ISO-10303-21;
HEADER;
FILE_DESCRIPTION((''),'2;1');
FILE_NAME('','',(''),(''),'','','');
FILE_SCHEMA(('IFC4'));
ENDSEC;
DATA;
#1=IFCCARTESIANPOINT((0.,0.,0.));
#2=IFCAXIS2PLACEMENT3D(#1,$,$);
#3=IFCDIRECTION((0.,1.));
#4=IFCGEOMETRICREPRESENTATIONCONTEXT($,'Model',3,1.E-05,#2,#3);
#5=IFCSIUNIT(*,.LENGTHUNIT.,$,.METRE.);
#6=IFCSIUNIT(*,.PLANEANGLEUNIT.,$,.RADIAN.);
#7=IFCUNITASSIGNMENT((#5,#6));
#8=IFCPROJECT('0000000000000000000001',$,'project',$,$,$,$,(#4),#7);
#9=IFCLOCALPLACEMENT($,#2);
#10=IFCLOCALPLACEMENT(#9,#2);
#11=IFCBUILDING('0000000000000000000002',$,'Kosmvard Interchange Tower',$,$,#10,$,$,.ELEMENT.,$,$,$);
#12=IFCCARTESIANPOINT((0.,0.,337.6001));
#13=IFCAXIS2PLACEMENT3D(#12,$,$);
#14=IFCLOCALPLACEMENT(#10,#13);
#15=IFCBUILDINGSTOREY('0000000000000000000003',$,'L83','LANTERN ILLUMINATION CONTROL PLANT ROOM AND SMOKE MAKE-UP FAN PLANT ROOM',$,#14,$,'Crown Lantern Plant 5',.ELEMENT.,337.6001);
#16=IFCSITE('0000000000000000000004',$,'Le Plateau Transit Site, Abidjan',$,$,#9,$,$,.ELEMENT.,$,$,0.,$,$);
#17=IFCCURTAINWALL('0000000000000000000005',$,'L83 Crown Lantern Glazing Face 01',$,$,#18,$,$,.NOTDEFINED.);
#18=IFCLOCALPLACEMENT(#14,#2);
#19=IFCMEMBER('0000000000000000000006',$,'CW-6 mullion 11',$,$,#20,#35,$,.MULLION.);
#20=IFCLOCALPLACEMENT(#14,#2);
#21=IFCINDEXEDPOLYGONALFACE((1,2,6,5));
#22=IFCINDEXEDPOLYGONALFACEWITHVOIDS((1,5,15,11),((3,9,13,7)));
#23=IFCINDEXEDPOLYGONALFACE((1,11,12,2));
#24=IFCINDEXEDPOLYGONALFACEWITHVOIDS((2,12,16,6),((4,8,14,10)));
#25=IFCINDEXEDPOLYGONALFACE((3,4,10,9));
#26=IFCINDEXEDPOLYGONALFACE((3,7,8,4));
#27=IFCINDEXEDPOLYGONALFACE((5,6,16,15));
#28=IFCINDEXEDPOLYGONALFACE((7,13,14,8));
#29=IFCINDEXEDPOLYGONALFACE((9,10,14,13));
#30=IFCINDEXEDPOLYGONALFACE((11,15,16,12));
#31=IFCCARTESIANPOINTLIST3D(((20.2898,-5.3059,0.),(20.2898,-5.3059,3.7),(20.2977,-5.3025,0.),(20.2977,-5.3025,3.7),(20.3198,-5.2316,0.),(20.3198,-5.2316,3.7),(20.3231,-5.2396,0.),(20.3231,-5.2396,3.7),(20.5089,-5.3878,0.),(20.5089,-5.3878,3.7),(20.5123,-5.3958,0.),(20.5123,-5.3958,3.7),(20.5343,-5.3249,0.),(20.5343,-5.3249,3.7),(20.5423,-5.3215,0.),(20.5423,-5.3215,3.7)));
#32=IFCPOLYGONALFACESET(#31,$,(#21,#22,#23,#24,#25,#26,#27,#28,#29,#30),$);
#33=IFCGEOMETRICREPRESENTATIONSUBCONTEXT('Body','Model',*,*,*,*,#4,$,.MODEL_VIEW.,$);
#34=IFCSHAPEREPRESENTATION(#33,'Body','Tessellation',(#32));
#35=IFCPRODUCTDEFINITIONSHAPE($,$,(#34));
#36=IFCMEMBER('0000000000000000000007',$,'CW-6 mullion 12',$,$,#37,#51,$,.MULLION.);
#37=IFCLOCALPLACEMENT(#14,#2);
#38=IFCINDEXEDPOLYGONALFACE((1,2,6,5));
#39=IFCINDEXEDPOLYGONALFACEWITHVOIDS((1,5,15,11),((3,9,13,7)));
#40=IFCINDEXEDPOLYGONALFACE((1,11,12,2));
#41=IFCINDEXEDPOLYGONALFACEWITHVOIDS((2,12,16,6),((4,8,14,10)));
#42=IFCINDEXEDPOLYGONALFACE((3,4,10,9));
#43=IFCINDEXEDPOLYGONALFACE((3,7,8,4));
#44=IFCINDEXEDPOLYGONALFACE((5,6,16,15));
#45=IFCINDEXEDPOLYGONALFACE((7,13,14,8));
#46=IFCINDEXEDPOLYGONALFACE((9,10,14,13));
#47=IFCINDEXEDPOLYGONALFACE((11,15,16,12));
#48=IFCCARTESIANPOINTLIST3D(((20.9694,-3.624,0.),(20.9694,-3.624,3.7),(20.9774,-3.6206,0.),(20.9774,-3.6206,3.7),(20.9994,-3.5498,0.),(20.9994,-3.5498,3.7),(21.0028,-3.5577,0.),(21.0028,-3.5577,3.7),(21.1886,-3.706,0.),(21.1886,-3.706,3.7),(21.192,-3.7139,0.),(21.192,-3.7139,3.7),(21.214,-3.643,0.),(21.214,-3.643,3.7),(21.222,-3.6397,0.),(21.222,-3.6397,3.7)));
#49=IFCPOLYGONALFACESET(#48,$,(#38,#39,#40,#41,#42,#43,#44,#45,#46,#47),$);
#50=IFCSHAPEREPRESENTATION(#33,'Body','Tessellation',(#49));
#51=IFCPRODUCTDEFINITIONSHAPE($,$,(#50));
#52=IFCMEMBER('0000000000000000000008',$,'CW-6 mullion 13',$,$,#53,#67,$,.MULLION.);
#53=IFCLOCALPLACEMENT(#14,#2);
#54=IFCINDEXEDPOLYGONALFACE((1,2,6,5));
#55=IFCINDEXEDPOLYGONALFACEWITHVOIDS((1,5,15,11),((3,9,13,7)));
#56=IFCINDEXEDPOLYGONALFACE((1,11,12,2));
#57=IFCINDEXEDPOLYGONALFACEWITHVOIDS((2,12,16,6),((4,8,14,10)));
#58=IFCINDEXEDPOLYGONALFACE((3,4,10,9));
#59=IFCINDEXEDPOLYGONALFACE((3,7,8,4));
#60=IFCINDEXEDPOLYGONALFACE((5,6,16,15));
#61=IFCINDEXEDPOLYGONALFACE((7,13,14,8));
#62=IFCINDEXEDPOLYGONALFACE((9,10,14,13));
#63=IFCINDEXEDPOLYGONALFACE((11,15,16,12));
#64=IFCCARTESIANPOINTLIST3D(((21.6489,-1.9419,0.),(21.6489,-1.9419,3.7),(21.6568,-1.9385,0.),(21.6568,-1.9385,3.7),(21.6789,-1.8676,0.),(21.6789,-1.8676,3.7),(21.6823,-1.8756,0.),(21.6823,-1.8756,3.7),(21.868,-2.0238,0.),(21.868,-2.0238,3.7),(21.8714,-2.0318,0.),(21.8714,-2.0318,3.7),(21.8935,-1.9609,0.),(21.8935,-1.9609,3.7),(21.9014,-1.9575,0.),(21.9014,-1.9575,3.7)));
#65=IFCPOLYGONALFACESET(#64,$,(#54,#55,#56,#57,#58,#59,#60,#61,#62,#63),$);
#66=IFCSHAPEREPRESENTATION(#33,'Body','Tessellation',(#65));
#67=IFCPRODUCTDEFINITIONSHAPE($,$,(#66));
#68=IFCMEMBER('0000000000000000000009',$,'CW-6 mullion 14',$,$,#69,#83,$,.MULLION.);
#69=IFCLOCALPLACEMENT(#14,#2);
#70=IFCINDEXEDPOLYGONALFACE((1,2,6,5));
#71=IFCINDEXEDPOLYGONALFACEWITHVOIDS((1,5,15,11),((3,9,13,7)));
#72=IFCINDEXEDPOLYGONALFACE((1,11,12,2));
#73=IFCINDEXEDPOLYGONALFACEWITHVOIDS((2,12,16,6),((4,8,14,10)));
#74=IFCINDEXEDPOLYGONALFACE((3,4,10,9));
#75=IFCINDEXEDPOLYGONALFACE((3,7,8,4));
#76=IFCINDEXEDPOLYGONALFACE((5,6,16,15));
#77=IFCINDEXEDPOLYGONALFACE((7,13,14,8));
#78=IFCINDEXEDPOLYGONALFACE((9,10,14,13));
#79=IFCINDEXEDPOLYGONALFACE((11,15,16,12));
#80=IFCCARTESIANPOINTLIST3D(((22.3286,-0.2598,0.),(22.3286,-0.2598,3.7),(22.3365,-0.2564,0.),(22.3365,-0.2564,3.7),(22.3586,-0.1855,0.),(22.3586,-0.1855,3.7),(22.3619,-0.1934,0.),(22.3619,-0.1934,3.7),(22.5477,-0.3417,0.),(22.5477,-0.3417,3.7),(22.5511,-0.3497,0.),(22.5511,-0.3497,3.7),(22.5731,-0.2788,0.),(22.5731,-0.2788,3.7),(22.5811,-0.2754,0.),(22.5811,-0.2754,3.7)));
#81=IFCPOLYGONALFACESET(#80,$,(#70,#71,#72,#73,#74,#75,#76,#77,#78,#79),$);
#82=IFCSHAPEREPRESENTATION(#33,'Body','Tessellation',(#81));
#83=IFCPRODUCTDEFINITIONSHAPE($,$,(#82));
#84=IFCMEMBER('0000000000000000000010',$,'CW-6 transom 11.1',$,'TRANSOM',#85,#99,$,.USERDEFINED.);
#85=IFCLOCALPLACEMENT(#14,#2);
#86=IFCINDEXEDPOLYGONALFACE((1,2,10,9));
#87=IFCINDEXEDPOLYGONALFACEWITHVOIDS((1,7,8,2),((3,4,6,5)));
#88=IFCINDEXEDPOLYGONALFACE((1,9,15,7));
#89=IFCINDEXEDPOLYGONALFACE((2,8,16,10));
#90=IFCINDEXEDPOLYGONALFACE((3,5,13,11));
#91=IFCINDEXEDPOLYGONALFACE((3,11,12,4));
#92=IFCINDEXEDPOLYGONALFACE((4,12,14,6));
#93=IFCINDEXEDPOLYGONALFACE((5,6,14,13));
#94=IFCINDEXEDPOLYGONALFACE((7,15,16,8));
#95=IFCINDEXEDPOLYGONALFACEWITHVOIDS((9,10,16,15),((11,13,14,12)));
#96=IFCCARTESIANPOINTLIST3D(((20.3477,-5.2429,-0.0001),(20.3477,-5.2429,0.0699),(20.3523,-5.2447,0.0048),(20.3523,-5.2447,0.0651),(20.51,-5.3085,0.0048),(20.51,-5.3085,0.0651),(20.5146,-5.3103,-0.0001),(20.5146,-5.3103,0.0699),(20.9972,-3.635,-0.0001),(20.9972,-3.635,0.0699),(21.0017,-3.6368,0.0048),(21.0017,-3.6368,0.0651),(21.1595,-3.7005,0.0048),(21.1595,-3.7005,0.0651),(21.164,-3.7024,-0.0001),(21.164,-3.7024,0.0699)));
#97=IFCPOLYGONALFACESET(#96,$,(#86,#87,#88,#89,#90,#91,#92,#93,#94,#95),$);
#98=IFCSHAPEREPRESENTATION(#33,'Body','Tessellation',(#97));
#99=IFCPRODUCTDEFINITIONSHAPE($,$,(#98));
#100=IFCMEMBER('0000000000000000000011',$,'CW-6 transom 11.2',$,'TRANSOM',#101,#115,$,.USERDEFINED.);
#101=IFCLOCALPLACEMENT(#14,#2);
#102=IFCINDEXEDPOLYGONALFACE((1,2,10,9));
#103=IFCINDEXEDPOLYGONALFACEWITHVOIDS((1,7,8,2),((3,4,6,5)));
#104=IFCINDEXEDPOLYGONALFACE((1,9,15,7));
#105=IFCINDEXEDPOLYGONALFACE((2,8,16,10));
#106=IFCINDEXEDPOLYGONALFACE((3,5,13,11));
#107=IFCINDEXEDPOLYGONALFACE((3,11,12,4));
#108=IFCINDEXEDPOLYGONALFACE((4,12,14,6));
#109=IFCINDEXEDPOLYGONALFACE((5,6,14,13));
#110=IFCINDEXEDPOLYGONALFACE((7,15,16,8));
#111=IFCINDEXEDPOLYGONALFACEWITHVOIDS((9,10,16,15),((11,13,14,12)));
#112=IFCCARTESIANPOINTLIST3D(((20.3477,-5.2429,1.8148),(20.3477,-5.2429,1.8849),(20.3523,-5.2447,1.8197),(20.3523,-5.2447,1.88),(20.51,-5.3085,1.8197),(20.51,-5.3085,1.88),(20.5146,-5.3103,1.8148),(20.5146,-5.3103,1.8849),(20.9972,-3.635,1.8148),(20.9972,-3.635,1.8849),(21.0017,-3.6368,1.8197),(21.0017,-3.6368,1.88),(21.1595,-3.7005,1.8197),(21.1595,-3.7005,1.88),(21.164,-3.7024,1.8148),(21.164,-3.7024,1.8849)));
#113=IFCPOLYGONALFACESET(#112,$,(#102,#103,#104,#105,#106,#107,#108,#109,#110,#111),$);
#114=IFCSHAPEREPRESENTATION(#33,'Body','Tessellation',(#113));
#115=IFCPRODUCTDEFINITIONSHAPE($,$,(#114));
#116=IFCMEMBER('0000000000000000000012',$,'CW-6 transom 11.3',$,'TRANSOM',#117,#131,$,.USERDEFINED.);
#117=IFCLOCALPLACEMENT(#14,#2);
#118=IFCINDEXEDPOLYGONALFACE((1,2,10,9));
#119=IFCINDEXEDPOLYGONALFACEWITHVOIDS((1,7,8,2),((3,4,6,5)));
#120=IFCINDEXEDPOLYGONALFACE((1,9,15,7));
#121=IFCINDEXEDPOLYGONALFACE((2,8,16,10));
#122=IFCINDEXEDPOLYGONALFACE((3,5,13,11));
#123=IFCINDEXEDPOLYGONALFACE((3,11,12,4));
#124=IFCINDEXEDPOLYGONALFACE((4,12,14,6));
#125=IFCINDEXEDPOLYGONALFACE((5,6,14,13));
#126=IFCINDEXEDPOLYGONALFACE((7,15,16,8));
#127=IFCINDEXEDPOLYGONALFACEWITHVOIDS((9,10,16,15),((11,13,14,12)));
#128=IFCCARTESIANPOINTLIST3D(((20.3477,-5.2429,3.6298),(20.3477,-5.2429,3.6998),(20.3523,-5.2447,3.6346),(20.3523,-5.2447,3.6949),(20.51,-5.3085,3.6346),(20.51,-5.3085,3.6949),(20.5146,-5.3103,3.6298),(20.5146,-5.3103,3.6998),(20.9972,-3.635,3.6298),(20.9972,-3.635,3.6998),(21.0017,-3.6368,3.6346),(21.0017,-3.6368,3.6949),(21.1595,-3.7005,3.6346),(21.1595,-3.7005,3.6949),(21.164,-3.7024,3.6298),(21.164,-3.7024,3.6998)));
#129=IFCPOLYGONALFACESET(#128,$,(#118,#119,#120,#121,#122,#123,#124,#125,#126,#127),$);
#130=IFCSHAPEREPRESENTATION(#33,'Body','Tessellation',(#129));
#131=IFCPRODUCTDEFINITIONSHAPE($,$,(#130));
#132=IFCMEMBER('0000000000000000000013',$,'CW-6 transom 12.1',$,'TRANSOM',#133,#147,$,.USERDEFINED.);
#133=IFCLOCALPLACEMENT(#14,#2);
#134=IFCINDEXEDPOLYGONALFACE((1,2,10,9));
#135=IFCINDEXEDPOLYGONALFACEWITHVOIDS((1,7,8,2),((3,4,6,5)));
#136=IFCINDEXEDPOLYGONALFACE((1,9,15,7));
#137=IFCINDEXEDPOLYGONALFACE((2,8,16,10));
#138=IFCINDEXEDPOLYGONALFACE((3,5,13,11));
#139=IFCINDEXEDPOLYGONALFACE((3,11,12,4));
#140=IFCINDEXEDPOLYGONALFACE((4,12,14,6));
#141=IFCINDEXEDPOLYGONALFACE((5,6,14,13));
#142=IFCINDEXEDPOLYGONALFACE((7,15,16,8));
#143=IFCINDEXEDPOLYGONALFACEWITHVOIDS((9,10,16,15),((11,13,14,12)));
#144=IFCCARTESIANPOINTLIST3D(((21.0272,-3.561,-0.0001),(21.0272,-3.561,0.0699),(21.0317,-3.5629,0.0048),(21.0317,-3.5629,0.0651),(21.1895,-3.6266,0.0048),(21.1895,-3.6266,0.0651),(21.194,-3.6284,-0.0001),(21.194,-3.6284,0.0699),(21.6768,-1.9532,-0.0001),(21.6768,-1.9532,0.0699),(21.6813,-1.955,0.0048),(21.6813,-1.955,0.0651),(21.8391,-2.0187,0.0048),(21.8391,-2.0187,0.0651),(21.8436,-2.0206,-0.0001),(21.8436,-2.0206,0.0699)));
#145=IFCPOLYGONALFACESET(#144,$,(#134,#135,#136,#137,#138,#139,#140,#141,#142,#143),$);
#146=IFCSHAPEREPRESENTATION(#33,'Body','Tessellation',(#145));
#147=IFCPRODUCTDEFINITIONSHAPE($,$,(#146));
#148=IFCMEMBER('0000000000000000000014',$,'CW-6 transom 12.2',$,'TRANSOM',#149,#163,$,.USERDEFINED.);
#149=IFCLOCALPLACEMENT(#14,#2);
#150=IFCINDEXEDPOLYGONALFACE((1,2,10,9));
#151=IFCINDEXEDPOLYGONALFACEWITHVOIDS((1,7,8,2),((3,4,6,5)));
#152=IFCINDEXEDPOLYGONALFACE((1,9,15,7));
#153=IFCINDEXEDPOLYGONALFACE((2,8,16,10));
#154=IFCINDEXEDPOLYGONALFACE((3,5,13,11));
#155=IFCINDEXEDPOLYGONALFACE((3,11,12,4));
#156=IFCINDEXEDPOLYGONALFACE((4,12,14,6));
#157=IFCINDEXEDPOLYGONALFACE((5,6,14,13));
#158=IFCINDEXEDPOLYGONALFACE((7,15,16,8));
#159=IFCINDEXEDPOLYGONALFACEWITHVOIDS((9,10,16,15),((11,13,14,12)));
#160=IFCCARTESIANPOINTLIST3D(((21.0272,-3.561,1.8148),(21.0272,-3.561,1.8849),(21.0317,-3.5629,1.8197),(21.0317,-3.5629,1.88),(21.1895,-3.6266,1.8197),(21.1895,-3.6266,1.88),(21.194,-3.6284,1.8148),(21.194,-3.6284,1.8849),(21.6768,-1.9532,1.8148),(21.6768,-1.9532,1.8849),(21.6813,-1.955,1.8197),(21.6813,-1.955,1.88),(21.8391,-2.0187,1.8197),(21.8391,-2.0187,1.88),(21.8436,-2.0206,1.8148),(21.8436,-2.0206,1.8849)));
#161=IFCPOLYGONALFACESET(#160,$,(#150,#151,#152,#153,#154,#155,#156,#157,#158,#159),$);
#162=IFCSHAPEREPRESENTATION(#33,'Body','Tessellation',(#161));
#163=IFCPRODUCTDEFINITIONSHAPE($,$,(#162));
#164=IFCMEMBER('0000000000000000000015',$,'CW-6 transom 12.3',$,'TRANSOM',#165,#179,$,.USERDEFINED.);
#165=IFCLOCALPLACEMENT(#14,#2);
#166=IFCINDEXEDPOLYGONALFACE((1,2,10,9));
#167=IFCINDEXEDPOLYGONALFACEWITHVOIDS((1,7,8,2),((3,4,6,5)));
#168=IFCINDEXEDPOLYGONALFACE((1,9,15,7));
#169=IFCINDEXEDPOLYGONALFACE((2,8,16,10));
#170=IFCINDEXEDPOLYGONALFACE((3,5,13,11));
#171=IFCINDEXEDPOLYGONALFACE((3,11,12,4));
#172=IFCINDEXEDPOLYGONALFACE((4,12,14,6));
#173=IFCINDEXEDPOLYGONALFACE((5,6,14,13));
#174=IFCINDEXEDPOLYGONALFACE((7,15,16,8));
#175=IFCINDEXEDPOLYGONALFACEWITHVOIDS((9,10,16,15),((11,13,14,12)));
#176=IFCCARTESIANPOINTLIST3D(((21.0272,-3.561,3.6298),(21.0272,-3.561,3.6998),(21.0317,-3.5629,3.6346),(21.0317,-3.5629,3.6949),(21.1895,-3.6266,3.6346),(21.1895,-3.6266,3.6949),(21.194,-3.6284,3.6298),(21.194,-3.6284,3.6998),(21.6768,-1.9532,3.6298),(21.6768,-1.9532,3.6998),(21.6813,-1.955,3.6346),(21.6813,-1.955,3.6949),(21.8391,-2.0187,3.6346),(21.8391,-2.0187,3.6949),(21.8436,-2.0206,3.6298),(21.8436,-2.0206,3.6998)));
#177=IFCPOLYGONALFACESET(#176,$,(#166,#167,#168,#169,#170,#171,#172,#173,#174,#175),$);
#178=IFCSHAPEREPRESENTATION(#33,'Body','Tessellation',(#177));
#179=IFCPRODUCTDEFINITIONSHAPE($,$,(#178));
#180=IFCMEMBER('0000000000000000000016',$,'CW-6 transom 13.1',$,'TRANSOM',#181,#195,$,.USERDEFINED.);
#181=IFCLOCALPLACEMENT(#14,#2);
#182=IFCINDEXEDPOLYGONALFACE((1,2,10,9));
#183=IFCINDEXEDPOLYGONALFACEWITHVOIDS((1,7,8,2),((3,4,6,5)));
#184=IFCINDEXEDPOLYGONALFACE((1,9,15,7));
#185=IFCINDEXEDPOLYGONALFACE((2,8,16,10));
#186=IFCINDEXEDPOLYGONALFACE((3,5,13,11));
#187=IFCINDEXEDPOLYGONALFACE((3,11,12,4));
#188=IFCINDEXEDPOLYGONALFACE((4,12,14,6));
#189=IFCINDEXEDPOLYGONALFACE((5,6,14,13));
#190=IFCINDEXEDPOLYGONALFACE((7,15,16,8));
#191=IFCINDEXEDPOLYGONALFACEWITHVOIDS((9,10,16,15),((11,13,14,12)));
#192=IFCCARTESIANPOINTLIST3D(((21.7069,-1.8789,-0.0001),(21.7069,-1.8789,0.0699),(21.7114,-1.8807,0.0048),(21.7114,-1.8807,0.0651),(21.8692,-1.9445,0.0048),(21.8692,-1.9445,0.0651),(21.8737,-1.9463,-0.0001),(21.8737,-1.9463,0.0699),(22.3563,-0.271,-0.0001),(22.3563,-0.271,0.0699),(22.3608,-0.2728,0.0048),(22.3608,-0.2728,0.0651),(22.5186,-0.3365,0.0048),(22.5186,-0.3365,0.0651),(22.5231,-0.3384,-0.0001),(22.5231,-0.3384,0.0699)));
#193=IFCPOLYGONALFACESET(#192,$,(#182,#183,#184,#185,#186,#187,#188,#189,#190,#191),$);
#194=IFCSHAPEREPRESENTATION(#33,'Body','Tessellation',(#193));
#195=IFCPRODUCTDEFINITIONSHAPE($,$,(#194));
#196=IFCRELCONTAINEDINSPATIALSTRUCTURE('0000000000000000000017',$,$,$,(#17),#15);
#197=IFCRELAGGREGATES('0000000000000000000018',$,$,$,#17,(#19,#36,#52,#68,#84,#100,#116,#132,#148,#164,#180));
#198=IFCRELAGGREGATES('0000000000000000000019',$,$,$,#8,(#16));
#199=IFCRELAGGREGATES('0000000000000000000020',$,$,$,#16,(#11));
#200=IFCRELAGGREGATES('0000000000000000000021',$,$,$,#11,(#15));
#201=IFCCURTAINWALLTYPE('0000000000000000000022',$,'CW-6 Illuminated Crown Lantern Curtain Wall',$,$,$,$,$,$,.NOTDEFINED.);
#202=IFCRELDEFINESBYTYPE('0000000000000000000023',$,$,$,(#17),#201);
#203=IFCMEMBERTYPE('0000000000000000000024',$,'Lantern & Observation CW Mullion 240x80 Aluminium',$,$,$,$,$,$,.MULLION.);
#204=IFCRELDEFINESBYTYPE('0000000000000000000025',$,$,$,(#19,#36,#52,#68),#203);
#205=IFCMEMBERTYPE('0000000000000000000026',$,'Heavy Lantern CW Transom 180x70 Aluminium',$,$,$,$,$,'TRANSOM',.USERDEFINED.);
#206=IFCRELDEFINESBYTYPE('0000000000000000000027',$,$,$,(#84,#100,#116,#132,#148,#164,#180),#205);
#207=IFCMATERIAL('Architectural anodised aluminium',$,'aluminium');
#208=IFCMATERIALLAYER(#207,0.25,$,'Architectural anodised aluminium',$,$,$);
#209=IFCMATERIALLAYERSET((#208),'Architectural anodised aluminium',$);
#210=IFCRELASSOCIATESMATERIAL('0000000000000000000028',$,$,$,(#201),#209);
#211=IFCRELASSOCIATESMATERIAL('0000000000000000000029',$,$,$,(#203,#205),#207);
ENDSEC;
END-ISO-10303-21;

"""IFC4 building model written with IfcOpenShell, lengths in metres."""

from ifc_helpers import new_model, si_unit, direction, frame, origin, origin_2d, place, context, subcontext, project, spatial, hollow_rectangle, extrude, source, transform, mapped, material, layer, layer_set, material_profile, profile_set, type_object, element, aggregate, save


model = new_model("IFC4")

# Units and contexts
model_context = context("Model", 3, precision=1e-05, world=origin(), true_north=direction((0.0, 1.0)))
body_context = subcontext(model_context, "Body", "Model", "MODEL_VIEW")
ifc_project = project(units=[si_unit("LENGTHUNIT", "METRE"), si_unit("PLANEANGLEUNIT", "RADIAN")], contexts=[model_context])

# Site, building, storey
site_placement = place(None, origin())
site = spatial("IfcSite", under=ifc_project, at=site_placement, Name="Le Plateau Transit Site, Abidjan", CompositionType="ELEMENT", RefElevation=0.0)
building_placement = place(site_placement, origin())
building = spatial("IfcBuilding", under=site, at=building_placement, Name="Kosmvard Interchange Tower", CompositionType="ELEMENT")
storey_placement = place(building_placement, frame((0.0, 0.0, 337.6001)))
storey = spatial("IfcBuildingStorey", under=building, at=storey_placement, Name="L83", Description="LANTERN ILLUMINATION CONTROL PLANT ROOM AND SMOKE MAKE-UP FAN PLANT ROOM", LongName="Crown Lantern Plant 5", CompositionType="ELEMENT", Elevation=337.6001)

# Curtain wall, members
ifc_material_1 = material(Name="Architectural anodised aluminium", Category="aluminium")
ifc_layer_1 = layer(ifc_material_1, 0.25, Name="Architectural anodised aluminium")
ifc_layer_set_1 = layer_set([ifc_layer_1], Name="Architectural anodised aluminium")
curtain_wall_type = type_object("IfcCurtainWallType", Name="CW-6 Illuminated Crown Lantern Curtain Wall", PredefinedType="NOTDEFINED", material=ifc_layer_set_1)
curtain_wall_placement = place(storey_placement, origin())
curtain_wall = element("IfcCurtainWall", 1, at=curtain_wall_placement, inside=storey, type_object=curtain_wall_type, Name="L83 Crown Lantern Glazing Face 01", PredefinedType="NOTDEFINED")
ifc_material_profile_1 = material_profile(ifc_material_1, hollow_rectangle(XDim=0.24, YDim=0.0801, WallThickness=0.0061, at=origin_2d()), Name="CWM 240x80x6")
ifc_profile_set_1 = profile_set([ifc_material_profile_1], Name="Architectural anodised aluminium")
member_type_1 = type_object("IfcMemberType", Name="Lantern & Observation CW Mullion 240x80 Aluminium", PredefinedType="MULLION", material=ifc_profile_set_1)
shared_shape_1 = source(origin(), body_context, "Body", "SweptSolid", [
    extrude(hollow_rectangle(XDim=0.24, YDim=0.0801, WallThickness=0.0061, at=origin_2d()), origin(), (0.0, 0.0, 1.0), 3.7),
])
member_1_placement = place(storey_placement, frame((20.416, -5.3137, 0.0), z_axis=(0.0, 0.0, 1.0), x_axis=(-0.927184, 0.374607, 0.0)))
member_1 = element("IfcMember", 2, at=member_1_placement, type_object=member_type_1, Name="CW-6 mullion 11", PredefinedType="MULLION", context=body_context, shape_type="MappedRepresentation", body=[
    mapped(shared_shape_1, transform((0.0, 0.0, 0.0), scale=1.0)),
])
member_2_placement = place(storey_placement, frame((21.0957, -3.6318, 0.0), z_axis=(0.0, 0.0, 1.0), x_axis=(-0.927184, 0.374607, 0.0)))
member_2 = element("IfcMember", 3, at=member_2_placement, type_object=member_type_1, Name="CW-6 mullion 12", PredefinedType="MULLION", context=body_context, shape_type="MappedRepresentation", body=[
    mapped(shared_shape_1, transform((0.0, 0.0, 0.0), scale=1.0)),
])
member_3_placement = place(storey_placement, frame((21.7751, -1.9497, 0.0), z_axis=(0.0, 0.0, 1.0), x_axis=(-0.927184, 0.374607, 0.0)))
member_3 = element("IfcMember", 4, at=member_3_placement, type_object=member_type_1, Name="CW-6 mullion 13", PredefinedType="MULLION", context=body_context, shape_type="MappedRepresentation", body=[
    mapped(shared_shape_1, transform((0.0, 0.0, 0.0), scale=1.0)),
])
member_4_placement = place(storey_placement, frame((22.4548, -0.2676, 0.0), z_axis=(0.0, 0.0, 1.0), x_axis=(-0.927184, 0.374607, 0.0)))
member_4 = element("IfcMember", 5, at=member_4_placement, type_object=member_type_1, Name="CW-6 mullion 14", PredefinedType="MULLION", context=body_context, shape_type="MappedRepresentation", body=[
    mapped(shared_shape_1, transform((0.0, 0.0, 0.0), scale=1.0)),
])
ifc_material_profile_2 = material_profile(ifc_material_1, hollow_rectangle(XDim=0.1799, YDim=0.0701, WallThickness=0.0049, at=origin_2d()), Name="CWT 180x70x5")
ifc_profile_set_2 = profile_set([ifc_material_profile_2], Name="Architectural anodised aluminium")
member_type_2 = type_object("IfcMemberType", Name="Heavy Lantern CW Transom 180x70 Aluminium", ElementType="TRANSOM", PredefinedType="USERDEFINED", material=ifc_profile_set_2)
shared_shape_2 = source(origin(), body_context, "Body", "SweptSolid", [
    extrude(hollow_rectangle(XDim=0.1799, YDim=0.0701, WallThickness=0.0049, at=origin_2d()), origin(), (0.0, 0.0, 1.0), 1.7341),
])
member_5_placement = place(storey_placement, frame((20.4312, -5.2766, 0.0349), z_axis=(0.374496, 0.927229, 0.0), x_axis=(-0.927229, 0.374496, 0.0)))
member_5 = element("IfcMember", 6, at=member_5_placement, type_object=member_type_2, Name="CW-6 transom 11.1", ObjectType="TRANSOM", PredefinedType="USERDEFINED", context=body_context, shape_type="MappedRepresentation", body=[
    mapped(shared_shape_2, transform((0.0, 0.0, 0.0), scale=1.0)),
])
member_6_placement = place(storey_placement, frame((20.4312, -5.2766, 1.8499), z_axis=(0.374496, 0.927229, 0.0), x_axis=(-0.927229, 0.374496, 0.0)))
member_6 = element("IfcMember", 7, at=member_6_placement, type_object=member_type_2, Name="CW-6 transom 11.2", ObjectType="TRANSOM", PredefinedType="USERDEFINED", context=body_context, shape_type="MappedRepresentation", body=[
    mapped(shared_shape_2, transform((0.0, 0.0, 0.0), scale=1.0)),
])
member_7_placement = place(storey_placement, frame((20.4312, -5.2766, 3.6648), z_axis=(0.374496, 0.927229, 0.0), x_axis=(-0.927229, 0.374496, 0.0)))
member_7 = element("IfcMember", 8, at=member_7_placement, type_object=member_type_2, Name="CW-6 transom 11.3", ObjectType="TRANSOM", PredefinedType="USERDEFINED", context=body_context, shape_type="MappedRepresentation", body=[
    mapped(shared_shape_2, transform((0.0, 0.0, 0.0), scale=1.0)),
])
member_8_placement = place(storey_placement, frame((21.1106, -3.5947, 0.0349), z_axis=(0.374617, 0.92718, 0.0), x_axis=(-0.92718, 0.374617, 0.0)))
member_8 = element("IfcMember", 9, at=member_8_placement, type_object=member_type_2, Name="CW-6 transom 12.1", ObjectType="TRANSOM", PredefinedType="USERDEFINED", context=body_context, shape_type="MappedRepresentation", body=[
    mapped(shared_shape_2, transform((0.0, 0.0, 0.0), scale=1.0)),
])
member_9_placement = place(storey_placement, frame((21.1106, -3.5947, 1.8499), z_axis=(0.374617, 0.92718, 0.0), x_axis=(-0.92718, 0.374617, 0.0)))
member_9 = element("IfcMember", 10, at=member_9_placement, type_object=member_type_2, Name="CW-6 transom 12.2", ObjectType="TRANSOM", PredefinedType="USERDEFINED", context=body_context, shape_type="MappedRepresentation", body=[
    mapped(shared_shape_2, transform((0.0, 0.0, 0.0), scale=1.0)),
])
member_10_placement = place(storey_placement, frame((21.1106, -3.5947, 3.6648), z_axis=(0.374617, 0.92718, 0.0), x_axis=(-0.92718, 0.374617, 0.0)))
member_10 = element("IfcMember", 11, at=member_10_placement, type_object=member_type_2, Name="CW-6 transom 12.3", ObjectType="TRANSOM", PredefinedType="USERDEFINED", context=body_context, shape_type="MappedRepresentation", body=[
    mapped(shared_shape_2, transform((0.0, 0.0, 0.0), scale=1.0)),
])
member_11_placement = place(storey_placement, frame((21.7903, -1.9126, 0.0349), z_axis=(0.374496, 0.927229, 0.0), x_axis=(-0.927229, 0.374496, 0.0)))
member_11 = element("IfcMember", 12, at=member_11_placement, type_object=member_type_2, Name="CW-6 transom 13.1", ObjectType="TRANSOM", PredefinedType="USERDEFINED", context=body_context, shape_type="MappedRepresentation", body=[
    mapped(shared_shape_2, transform((0.0, 0.0, 0.0), scale=1.0)),
])
aggregate(curtain_wall, [member_1, member_2, member_3, member_4, member_5, member_6, member_7, member_8, member_9, member_10, member_11])

save(model, "model.ifc")
